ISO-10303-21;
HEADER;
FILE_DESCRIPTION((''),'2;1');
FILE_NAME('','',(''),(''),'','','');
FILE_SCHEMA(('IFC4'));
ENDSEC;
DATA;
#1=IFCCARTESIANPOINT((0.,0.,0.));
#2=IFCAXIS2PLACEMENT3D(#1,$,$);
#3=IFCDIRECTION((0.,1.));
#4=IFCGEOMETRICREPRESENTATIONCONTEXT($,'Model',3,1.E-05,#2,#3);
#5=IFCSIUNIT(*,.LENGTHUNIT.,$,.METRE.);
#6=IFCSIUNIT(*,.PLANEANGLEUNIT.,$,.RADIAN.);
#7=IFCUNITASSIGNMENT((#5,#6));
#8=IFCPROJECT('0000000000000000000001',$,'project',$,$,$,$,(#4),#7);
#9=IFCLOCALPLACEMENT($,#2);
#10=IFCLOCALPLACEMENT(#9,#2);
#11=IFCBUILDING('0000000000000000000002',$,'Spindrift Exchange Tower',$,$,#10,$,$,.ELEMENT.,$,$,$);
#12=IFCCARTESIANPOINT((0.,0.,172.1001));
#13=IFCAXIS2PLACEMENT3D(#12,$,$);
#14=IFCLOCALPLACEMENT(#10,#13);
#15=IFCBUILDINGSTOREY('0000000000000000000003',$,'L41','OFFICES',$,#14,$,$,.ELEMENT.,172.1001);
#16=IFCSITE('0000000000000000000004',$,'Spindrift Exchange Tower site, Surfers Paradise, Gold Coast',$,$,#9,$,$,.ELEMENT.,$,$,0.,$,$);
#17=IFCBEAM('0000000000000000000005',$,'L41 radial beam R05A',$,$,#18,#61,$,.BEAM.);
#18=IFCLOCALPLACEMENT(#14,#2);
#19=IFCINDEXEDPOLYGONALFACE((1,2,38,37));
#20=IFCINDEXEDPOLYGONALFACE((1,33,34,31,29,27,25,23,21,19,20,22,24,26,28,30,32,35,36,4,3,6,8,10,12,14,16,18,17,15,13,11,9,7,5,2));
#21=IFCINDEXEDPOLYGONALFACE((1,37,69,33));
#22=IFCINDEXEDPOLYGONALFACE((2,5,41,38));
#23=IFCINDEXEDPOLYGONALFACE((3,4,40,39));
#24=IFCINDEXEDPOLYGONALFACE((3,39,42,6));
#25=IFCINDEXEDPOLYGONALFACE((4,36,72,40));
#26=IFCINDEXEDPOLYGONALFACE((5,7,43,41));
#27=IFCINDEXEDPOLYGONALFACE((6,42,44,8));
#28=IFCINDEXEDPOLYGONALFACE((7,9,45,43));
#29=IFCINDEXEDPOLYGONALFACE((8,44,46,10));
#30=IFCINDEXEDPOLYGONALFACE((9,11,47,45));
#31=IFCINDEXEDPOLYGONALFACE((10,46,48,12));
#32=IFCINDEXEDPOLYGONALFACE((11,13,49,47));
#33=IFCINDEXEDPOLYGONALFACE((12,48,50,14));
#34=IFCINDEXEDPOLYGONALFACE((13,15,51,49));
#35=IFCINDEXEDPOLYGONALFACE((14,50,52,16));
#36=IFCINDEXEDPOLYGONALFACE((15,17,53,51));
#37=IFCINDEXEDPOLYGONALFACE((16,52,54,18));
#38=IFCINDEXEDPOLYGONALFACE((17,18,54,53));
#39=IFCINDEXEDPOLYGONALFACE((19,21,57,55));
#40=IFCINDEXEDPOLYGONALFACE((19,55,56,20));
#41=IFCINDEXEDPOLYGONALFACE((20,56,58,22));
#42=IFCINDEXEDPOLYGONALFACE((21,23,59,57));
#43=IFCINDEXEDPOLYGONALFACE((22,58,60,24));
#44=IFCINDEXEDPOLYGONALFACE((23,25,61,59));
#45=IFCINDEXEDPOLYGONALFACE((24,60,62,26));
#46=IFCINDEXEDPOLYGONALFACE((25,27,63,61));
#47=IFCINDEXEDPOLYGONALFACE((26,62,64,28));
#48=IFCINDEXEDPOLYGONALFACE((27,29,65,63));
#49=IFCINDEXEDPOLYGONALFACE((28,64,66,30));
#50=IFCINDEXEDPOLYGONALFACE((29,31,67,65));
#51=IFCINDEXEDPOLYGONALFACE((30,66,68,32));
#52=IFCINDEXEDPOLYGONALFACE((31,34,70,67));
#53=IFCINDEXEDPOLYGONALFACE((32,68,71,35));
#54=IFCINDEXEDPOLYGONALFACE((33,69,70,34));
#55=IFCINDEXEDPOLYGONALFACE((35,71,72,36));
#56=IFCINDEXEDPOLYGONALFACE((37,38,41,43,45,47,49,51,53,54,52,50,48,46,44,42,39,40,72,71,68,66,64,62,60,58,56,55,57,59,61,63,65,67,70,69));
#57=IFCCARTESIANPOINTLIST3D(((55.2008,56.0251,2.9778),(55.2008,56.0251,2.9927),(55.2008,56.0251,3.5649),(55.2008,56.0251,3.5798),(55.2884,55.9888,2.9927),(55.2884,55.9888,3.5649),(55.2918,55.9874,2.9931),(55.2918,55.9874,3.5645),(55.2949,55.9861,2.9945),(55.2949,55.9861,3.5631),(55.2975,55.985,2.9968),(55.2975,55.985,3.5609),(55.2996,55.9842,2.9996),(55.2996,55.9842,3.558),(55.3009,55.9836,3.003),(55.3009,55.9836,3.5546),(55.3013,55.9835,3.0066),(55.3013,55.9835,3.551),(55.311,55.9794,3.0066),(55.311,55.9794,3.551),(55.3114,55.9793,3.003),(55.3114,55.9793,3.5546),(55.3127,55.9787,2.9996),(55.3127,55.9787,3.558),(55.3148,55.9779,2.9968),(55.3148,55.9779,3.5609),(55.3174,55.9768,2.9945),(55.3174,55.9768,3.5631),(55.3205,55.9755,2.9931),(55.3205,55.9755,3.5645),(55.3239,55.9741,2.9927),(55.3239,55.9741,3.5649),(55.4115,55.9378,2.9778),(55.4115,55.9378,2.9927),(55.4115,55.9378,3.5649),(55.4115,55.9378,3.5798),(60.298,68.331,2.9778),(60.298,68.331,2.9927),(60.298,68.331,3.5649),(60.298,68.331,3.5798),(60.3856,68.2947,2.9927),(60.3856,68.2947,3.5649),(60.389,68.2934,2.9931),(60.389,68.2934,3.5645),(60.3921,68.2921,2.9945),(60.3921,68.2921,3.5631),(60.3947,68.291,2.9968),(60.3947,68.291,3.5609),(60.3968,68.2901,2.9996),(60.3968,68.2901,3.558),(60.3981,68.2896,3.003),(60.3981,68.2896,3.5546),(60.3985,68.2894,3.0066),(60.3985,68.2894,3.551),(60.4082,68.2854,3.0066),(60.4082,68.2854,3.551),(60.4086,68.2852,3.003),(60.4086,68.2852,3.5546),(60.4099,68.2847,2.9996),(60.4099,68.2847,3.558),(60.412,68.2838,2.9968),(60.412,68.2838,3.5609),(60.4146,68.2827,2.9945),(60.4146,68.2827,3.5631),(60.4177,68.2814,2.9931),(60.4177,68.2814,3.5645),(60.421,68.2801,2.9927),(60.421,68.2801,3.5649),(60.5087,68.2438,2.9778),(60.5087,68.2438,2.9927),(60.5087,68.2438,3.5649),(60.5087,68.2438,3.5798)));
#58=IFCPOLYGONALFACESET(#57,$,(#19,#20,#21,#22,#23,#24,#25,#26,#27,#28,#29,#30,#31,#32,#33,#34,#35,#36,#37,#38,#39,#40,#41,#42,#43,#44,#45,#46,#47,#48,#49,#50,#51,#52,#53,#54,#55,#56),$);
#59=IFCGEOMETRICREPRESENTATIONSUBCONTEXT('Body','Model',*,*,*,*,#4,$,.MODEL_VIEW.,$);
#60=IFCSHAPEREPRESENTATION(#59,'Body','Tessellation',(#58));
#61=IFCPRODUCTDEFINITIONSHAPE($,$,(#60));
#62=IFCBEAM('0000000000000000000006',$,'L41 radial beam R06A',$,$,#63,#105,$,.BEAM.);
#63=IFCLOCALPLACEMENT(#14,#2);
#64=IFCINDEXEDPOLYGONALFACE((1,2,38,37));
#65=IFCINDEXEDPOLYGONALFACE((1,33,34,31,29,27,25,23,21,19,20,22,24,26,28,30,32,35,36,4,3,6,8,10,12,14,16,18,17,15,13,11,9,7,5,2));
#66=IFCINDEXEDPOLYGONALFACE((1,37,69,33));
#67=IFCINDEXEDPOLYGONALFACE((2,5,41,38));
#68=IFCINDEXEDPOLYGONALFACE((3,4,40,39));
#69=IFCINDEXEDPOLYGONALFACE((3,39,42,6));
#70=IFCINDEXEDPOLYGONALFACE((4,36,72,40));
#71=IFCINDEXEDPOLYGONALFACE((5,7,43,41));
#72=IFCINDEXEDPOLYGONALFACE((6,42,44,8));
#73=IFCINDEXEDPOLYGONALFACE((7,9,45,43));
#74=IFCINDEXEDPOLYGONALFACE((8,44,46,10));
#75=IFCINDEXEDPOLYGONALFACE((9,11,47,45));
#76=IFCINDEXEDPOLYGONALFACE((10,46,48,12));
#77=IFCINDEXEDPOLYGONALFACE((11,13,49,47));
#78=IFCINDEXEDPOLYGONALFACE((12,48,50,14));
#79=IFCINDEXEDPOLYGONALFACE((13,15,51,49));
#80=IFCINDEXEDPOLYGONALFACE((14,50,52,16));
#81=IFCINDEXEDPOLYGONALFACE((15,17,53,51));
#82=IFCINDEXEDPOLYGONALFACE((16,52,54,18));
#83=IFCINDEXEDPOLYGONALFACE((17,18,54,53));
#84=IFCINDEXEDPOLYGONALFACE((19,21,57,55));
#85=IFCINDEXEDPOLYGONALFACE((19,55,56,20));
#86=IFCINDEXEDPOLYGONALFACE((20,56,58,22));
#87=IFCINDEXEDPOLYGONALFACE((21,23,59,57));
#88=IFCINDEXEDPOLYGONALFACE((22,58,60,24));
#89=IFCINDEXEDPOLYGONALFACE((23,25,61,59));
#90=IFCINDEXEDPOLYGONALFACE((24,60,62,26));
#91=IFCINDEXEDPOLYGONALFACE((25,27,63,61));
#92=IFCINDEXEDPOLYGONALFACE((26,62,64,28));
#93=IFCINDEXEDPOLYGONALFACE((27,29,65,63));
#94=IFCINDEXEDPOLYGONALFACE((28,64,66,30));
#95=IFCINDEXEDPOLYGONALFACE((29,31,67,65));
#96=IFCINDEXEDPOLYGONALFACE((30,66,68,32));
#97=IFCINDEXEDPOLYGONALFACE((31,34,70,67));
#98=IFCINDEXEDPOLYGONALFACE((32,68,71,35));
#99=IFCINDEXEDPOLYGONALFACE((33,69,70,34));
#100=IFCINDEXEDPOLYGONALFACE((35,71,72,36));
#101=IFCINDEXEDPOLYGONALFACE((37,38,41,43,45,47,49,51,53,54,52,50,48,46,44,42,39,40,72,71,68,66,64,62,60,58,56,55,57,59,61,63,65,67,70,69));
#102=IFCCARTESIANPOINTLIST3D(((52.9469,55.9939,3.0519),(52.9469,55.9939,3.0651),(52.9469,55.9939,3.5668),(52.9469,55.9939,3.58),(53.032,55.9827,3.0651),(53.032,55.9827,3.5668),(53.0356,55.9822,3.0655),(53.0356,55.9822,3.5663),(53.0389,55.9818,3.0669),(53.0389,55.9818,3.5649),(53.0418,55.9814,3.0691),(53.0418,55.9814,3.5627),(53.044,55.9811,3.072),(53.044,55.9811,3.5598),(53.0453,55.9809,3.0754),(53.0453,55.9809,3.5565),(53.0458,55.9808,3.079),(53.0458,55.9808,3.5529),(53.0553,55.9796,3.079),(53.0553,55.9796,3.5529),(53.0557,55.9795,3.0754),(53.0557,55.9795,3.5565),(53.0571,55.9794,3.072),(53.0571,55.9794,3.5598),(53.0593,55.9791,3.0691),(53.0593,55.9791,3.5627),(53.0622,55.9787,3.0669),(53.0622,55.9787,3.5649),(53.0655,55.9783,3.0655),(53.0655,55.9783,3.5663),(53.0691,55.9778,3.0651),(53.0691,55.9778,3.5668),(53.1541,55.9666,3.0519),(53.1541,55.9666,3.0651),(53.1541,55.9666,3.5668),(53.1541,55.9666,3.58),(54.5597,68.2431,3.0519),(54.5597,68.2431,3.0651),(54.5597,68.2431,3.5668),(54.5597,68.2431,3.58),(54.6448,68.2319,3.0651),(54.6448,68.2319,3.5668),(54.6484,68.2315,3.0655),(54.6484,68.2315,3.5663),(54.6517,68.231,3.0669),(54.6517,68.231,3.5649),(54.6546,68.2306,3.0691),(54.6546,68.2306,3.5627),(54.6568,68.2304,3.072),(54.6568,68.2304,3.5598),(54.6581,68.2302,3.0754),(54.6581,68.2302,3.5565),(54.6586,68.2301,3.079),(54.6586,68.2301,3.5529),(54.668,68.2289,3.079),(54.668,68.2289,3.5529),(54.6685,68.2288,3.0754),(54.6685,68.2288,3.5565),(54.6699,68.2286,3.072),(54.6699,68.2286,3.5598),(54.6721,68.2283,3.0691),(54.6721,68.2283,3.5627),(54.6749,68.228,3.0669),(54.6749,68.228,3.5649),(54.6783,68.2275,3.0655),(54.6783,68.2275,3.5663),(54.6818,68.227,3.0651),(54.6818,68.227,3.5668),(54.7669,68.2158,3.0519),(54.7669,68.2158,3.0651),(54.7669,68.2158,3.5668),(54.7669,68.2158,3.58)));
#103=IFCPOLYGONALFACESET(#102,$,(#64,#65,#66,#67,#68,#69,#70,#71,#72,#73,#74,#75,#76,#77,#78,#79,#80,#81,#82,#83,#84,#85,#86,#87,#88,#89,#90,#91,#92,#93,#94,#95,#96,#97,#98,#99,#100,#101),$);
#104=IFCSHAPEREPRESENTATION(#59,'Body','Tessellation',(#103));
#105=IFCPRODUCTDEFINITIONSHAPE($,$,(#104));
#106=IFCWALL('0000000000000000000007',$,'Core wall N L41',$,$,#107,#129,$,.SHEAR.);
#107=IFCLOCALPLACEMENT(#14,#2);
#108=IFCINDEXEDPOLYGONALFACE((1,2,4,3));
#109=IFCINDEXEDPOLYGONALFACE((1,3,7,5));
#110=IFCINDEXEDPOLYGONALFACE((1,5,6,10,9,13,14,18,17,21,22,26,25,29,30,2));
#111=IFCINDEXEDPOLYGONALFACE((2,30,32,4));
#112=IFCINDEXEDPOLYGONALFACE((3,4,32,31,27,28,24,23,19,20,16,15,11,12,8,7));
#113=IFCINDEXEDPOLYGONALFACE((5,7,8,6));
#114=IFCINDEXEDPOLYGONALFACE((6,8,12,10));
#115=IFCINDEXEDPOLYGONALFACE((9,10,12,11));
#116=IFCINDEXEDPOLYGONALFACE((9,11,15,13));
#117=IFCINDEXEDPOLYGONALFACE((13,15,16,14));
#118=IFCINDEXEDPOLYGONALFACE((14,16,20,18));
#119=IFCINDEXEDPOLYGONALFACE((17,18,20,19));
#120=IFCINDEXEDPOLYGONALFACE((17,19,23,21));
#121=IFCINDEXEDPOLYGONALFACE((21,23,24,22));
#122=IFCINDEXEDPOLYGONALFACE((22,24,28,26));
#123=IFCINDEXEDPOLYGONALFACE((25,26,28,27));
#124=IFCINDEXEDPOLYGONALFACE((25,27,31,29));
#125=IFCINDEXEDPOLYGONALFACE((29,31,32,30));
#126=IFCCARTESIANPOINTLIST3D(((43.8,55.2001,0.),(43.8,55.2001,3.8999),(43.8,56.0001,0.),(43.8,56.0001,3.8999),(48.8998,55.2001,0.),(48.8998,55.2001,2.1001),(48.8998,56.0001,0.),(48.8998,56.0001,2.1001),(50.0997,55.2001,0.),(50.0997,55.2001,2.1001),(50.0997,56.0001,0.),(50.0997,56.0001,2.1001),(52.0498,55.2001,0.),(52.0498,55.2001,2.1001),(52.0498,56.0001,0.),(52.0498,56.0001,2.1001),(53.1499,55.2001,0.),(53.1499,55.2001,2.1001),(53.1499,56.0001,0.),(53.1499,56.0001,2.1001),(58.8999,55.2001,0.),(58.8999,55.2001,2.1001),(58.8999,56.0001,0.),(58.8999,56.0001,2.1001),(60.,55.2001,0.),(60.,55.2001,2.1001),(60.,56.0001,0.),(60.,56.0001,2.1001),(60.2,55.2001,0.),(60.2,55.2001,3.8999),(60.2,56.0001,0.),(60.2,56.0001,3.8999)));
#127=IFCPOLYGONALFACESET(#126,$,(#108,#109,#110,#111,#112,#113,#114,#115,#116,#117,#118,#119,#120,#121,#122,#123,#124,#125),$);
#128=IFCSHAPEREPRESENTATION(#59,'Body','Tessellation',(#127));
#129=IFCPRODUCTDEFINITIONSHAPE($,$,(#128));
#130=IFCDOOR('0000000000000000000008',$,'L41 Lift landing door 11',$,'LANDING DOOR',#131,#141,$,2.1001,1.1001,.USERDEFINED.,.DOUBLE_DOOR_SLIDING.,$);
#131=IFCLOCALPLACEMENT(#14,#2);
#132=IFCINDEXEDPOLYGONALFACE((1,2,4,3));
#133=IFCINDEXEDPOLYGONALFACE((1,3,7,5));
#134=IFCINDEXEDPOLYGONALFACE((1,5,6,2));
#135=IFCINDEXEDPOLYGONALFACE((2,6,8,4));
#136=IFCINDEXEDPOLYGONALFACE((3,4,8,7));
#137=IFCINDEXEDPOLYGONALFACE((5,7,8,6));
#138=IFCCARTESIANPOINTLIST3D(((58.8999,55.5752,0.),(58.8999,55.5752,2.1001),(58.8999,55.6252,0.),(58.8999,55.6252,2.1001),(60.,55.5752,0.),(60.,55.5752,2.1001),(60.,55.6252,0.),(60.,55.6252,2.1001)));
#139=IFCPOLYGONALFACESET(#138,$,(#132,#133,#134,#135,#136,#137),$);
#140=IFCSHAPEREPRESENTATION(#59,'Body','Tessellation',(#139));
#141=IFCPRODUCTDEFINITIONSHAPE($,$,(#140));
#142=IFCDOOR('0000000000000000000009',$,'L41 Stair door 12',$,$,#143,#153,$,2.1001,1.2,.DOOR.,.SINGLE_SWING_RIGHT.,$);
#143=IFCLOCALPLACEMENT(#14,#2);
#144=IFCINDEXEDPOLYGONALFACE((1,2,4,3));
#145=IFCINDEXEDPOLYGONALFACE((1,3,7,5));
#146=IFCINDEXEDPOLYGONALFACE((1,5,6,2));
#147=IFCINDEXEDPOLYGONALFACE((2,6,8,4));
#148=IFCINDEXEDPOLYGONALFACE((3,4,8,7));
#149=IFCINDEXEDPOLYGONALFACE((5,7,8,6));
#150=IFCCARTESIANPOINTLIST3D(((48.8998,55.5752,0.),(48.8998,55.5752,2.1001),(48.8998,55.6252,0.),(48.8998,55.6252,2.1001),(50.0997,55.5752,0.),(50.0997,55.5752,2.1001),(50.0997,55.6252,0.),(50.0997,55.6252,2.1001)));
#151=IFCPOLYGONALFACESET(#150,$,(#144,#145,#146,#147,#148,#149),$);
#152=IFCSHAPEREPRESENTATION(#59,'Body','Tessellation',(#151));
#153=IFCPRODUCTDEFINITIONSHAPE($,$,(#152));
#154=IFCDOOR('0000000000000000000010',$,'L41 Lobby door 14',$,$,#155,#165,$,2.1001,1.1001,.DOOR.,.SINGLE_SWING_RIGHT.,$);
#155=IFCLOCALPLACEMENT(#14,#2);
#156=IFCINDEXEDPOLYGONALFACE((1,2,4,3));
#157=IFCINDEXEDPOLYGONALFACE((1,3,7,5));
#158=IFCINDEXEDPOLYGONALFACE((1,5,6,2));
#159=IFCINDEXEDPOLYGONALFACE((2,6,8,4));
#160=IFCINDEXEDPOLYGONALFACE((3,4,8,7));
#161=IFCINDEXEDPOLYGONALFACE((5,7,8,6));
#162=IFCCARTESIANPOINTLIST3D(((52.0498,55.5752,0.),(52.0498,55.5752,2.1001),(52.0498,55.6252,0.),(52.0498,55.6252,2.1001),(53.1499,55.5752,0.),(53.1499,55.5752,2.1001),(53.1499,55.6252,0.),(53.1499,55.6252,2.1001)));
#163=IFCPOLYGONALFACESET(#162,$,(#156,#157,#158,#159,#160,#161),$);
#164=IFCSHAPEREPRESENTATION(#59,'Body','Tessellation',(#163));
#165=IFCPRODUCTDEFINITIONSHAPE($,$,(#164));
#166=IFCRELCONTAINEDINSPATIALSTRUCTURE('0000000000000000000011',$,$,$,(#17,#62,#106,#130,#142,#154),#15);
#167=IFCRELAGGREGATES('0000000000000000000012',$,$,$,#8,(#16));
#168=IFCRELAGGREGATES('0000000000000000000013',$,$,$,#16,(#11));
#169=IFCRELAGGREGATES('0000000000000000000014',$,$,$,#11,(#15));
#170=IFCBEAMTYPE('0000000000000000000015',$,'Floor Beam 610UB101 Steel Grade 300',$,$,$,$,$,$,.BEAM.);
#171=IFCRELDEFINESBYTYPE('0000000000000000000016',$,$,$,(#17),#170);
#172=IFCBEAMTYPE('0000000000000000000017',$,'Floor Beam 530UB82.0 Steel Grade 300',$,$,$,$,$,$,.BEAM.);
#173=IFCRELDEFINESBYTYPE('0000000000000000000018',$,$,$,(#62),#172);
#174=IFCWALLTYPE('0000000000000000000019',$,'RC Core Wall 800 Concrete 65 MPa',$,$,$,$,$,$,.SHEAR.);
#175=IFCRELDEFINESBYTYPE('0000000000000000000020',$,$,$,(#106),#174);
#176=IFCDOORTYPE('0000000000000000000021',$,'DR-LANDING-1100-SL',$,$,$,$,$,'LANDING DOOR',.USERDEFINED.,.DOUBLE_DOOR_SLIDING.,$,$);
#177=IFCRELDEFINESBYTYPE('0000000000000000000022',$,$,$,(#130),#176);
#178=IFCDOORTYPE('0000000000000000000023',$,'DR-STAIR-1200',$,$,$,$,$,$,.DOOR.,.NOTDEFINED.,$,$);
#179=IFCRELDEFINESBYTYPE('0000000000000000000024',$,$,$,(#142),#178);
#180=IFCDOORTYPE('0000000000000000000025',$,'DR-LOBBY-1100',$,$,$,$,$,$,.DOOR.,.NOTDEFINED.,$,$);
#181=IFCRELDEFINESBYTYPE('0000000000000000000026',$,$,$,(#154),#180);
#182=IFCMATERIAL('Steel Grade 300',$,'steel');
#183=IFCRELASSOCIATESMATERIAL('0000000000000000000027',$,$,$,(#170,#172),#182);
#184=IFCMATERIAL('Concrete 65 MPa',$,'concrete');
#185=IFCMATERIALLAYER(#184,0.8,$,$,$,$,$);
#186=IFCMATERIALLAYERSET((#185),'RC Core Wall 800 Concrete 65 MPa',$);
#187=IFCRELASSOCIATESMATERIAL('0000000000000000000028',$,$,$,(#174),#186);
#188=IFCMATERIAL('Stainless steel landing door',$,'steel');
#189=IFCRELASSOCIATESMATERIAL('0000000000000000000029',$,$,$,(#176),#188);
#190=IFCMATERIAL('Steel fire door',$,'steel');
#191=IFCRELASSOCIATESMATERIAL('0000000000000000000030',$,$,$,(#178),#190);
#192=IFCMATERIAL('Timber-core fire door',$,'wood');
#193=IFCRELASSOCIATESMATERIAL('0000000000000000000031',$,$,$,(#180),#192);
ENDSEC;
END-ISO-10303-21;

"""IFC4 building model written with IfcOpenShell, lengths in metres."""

from ifc_helpers import new_model, si_unit, direction, frame, frame_2d, origin, origin_2d, place, context, subcontext, project, spatial, rectangle, i_section, extrude, source, transform, mapped, material, layer, layer_set, material_profile, profile_set, type_object, element, fill, save


model = new_model("IFC4")

# Units and contexts
model_context = context("Model", 3, precision=1e-05, world=origin(), true_north=direction((0.0, 1.0)))
body_context = subcontext(model_context, "Body", "Model", "MODEL_VIEW")
ifc_project = project(units=[si_unit("LENGTHUNIT", "METRE"), si_unit("PLANEANGLEUNIT", "RADIAN")], contexts=[model_context])

# Site, building, storey
site_placement = place(None, origin())
site = spatial("IfcSite", under=ifc_project, at=site_placement, Name="Spindrift Exchange Tower site, Surfers Paradise, Gold Coast", CompositionType="ELEMENT", RefElevation=0.0)
building_placement = place(site_placement, origin())
building = spatial("IfcBuilding", under=site, at=building_placement, Name="Spindrift Exchange Tower", CompositionType="ELEMENT")
storey_placement = place(building_placement, frame((0.0, 0.0, 172.1001)))
storey = spatial("IfcBuildingStorey", under=building, at=storey_placement, Name="L41", Description="OFFICES", CompositionType="ELEMENT", Elevation=172.1001)

# Beams
ifc_material_1 = material(Name="Steel Grade 300", Category="steel")
ifc_material_profile_1 = material_profile(ifc_material_1, i_section(OverallWidth=0.228, OverallDepth=0.6021, WebThickness=0.0105, FlangeThickness=0.0149, FilletRadius=0.0139, at=origin_2d()), Name="610UB101")
ifc_profile_set_1 = profile_set([ifc_material_profile_1], Name="Steel Grade 300")
beam_type_1 = type_object("IfcBeamType", Name="Floor Beam 610UB101 Steel Grade 300", PredefinedType="BEAM", material=ifc_profile_set_1)
shared_shape_1 = source(origin(), body_context, "Body", "SweptSolid", [
    extrude(i_section(OverallWidth=0.228, OverallDepth=0.6021, WebThickness=0.0105, FlangeThickness=0.0149, FilletRadius=0.0139, at=origin_2d()), origin(), (0.0, 0.0, 1.0), 13.3198),
])
beam_1_placement = place(storey_placement, frame((55.3062, 55.9814, 3.2788), z_axis=(0.382677, 0.923882, 0.0), x_axis=(-0.923882, 0.382677, 0.0)))
element("IfcBeam", 1, at=beam_1_placement, inside=storey, type_object=beam_type_1, Name="L41 radial beam R05A", PredefinedType="BEAM", context=body_context, shape_type="MappedRepresentation", body=[
    mapped(shared_shape_1, transform((0.0, 0.0, 0.0), scale=1.0)),
])
ifc_material_profile_2 = material_profile(ifc_material_1, i_section(OverallWidth=0.209, OverallDepth=0.5281, WebThickness=0.0095, FlangeThickness=0.0132, FilletRadius=0.0139, at=origin_2d()), Name="530UB82.0")
ifc_profile_set_2 = profile_set([ifc_material_profile_2], Name="Steel Grade 300")
beam_type_2 = type_object("IfcBeamType", Name="Floor Beam 530UB82.0 Steel Grade 300", PredefinedType="BEAM", material=ifc_profile_set_2)
shared_shape_2 = source(origin(), body_context, "Body", "SweptSolid", [
    extrude(i_section(OverallWidth=0.209, OverallDepth=0.5281, WebThickness=0.0095, FlangeThickness=0.0132, FilletRadius=0.0139, at=origin_2d()), origin(), (0.0, 0.0, 1.0), 12.355),
])
beam_2_placement = place(storey_placement, frame((53.0505, 55.9802, 3.3159), z_axis=(0.130538, 0.991443, 0.0), x_axis=(-0.991443, 0.130538, 0.0)))
element("IfcBeam", 2, at=beam_2_placement, inside=storey, type_object=beam_type_2, Name="L41 radial beam R06A", PredefinedType="BEAM", context=body_context, shape_type="MappedRepresentation", body=[
    mapped(shared_shape_2, transform((0.0, 0.0, 0.0), scale=1.0)),
])

# Wall, openings, doors
ifc_material_2 = material(Name="Concrete 65 MPa", Category="concrete")
ifc_layer_1 = layer(ifc_material_2, 0.8)
ifc_layer_set_1 = layer_set([ifc_layer_1], Name="RC Core Wall 800 Concrete 65 MPa")
wall_type_1 = type_object("IfcWallType", Name="RC Core Wall 800 Concrete 65 MPa", PredefinedType="SHEAR", material=ifc_layer_set_1)
wall_1_placement = place(storey_placement, frame((60.2, 55.6001, 0.0), z_axis=(0.0, 0.0, 1.0), x_axis=(-1.0, 0.0, 0.0)))
wall_1 = element("IfcWall", 3, at=wall_1_placement, inside=storey, type_object=wall_type_1, Name="Core wall N L41", PredefinedType="SHEAR", context=body_context, shape_type="SweptSolid", body=[
    extrude(rectangle(XDim=16.3999, YDim=0.8, at=frame_2d((8.2, 0.0))), origin(), (0.0, 0.0, 1.0), 3.8999),
])
opening_1_placement = place(wall_1_placement, frame((0.2, 0.0, 0.0)))
opening_1 = element("IfcOpeningElement", 4, at=opening_1_placement, cuts=wall_1, PredefinedType="OPENING", context=body_context, shape_type="SweptSolid", body=[
    extrude(rectangle(XDim=1.1001, YDim=2.1001, at=frame_2d((0.55, 1.05))), frame((0.0, 0.4099, 0.0), z_axis=(0.0, -1.0, 0.0), x_axis=(1.0, 0.0, 0.0)), (0.0, 0.0, 1.0), 0.8201),
])
opening_2_placement = place(wall_1_placement, frame((10.1001, 0.0, 0.0)))
opening_2 = element("IfcOpeningElement", 5, at=opening_2_placement, cuts=wall_1, PredefinedType="OPENING", context=body_context, shape_type="SweptSolid", body=[
    extrude(rectangle(XDim=1.2, YDim=2.1001, at=frame_2d((0.6001, 1.05))), frame((0.0, 0.4099, 0.0), z_axis=(0.0, -1.0, 0.0), x_axis=(1.0, 0.0, 0.0)), (0.0, 0.0, 1.0), 0.8201),
])
opening_3_placement = place(wall_1_placement, frame((7.05, 0.0, 0.0)))
opening_3 = element("IfcOpeningElement", 6, at=opening_3_placement, cuts=wall_1, PredefinedType="OPENING", context=body_context, shape_type="SweptSolid", body=[
    extrude(rectangle(XDim=1.1001, YDim=2.1001, at=frame_2d((0.55, 1.05))), frame((0.0, 0.4099, 0.0), z_axis=(0.0, -1.0, 0.0), x_axis=(1.0, 0.0, 0.0)), (0.0, 0.0, 1.0), 0.8201),
])
ifc_material_3 = material(Name="Stainless steel landing door", Category="steel")
door_type_1 = type_object("IfcDoorType", Name="DR-LANDING-1100-SL", ElementType="LANDING DOOR", OperationType="DOUBLE_DOOR_SLIDING", PredefinedType="USERDEFINED", material=ifc_material_3)
shared_shape_3 = source(origin(), body_context, "Body", "SweptSolid", [
    extrude(rectangle(XDim=1.1001, YDim=2.1001, at=frame_2d((0.55, 1.05))), frame((0.0, 0.0249, 0.0), z_axis=(0.0, -1.0, 0.0), x_axis=(1.0, 0.0, 0.0)), (0.0, 0.0, 1.0), 0.05),
])
door_1_placement = place(opening_1_placement, origin())
door_1 = element("IfcDoor", 7, at=door_1_placement, inside=storey, type_object=door_type_1, Name="L41 Lift landing door 11", ObjectType="LANDING DOOR", OperationType="DOUBLE_DOOR_SLIDING", OverallHeight=2.1001, OverallWidth=1.1001, PredefinedType="USERDEFINED", context=body_context, shape_type="MappedRepresentation", body=[
    mapped(shared_shape_3, transform((0.0, 0.0, 0.0), scale=1.0)),
])
fill(opening_1, door_1)
ifc_material_4 = material(Name="Steel fire door", Category="steel")
door_type_2 = type_object("IfcDoorType", Name="DR-STAIR-1200", OperationType="NOTDEFINED", PredefinedType="DOOR", material=ifc_material_4)
shared_shape_4 = source(origin(), body_context, "Body", "SweptSolid", [
    extrude(rectangle(XDim=1.2, YDim=2.1001, at=frame_2d((0.6001, 1.05))), frame((0.0, 0.0249, 0.0), z_axis=(0.0, -1.0, 0.0), x_axis=(1.0, 0.0, 0.0)), (0.0, 0.0, 1.0), 0.05),
])
door_2_placement = place(opening_2_placement, origin())
door_2 = element("IfcDoor", 8, at=door_2_placement, inside=storey, type_object=door_type_2, Name="L41 Stair door 12", OperationType="SINGLE_SWING_RIGHT", OverallHeight=2.1001, OverallWidth=1.2, PredefinedType="DOOR", context=body_context, shape_type="MappedRepresentation", body=[
    mapped(shared_shape_4, transform((0.0, 0.0, 0.0), scale=1.0)),
])
fill(opening_2, door_2)
ifc_material_5 = material(Name="Timber-core fire door", Category="wood")
door_type_3 = type_object("IfcDoorType", Name="DR-LOBBY-1100", OperationType="NOTDEFINED", PredefinedType="DOOR", material=ifc_material_5)
shared_shape_5 = source(origin(), body_context, "Body", "SweptSolid", [
    extrude(rectangle(XDim=1.1001, YDim=2.1001, at=frame_2d((0.55, 1.05))), frame((0.0, 0.0249, 0.0), z_axis=(0.0, -1.0, 0.0), x_axis=(1.0, 0.0, 0.0)), (0.0, 0.0, 1.0), 0.05),
])
door_3_placement = place(opening_3_placement, origin())
door_3 = element("IfcDoor", 9, at=door_3_placement, inside=storey, type_object=door_type_3, Name="L41 Lobby door 14", OperationType="SINGLE_SWING_RIGHT", OverallHeight=2.1001, OverallWidth=1.1001, PredefinedType="DOOR", context=body_context, shape_type="MappedRepresentation", body=[
    mapped(shared_shape_5, transform((0.0, 0.0, 0.0), scale=1.0)),
])
fill(opening_3, door_3)

save(model, "model.ifc")
